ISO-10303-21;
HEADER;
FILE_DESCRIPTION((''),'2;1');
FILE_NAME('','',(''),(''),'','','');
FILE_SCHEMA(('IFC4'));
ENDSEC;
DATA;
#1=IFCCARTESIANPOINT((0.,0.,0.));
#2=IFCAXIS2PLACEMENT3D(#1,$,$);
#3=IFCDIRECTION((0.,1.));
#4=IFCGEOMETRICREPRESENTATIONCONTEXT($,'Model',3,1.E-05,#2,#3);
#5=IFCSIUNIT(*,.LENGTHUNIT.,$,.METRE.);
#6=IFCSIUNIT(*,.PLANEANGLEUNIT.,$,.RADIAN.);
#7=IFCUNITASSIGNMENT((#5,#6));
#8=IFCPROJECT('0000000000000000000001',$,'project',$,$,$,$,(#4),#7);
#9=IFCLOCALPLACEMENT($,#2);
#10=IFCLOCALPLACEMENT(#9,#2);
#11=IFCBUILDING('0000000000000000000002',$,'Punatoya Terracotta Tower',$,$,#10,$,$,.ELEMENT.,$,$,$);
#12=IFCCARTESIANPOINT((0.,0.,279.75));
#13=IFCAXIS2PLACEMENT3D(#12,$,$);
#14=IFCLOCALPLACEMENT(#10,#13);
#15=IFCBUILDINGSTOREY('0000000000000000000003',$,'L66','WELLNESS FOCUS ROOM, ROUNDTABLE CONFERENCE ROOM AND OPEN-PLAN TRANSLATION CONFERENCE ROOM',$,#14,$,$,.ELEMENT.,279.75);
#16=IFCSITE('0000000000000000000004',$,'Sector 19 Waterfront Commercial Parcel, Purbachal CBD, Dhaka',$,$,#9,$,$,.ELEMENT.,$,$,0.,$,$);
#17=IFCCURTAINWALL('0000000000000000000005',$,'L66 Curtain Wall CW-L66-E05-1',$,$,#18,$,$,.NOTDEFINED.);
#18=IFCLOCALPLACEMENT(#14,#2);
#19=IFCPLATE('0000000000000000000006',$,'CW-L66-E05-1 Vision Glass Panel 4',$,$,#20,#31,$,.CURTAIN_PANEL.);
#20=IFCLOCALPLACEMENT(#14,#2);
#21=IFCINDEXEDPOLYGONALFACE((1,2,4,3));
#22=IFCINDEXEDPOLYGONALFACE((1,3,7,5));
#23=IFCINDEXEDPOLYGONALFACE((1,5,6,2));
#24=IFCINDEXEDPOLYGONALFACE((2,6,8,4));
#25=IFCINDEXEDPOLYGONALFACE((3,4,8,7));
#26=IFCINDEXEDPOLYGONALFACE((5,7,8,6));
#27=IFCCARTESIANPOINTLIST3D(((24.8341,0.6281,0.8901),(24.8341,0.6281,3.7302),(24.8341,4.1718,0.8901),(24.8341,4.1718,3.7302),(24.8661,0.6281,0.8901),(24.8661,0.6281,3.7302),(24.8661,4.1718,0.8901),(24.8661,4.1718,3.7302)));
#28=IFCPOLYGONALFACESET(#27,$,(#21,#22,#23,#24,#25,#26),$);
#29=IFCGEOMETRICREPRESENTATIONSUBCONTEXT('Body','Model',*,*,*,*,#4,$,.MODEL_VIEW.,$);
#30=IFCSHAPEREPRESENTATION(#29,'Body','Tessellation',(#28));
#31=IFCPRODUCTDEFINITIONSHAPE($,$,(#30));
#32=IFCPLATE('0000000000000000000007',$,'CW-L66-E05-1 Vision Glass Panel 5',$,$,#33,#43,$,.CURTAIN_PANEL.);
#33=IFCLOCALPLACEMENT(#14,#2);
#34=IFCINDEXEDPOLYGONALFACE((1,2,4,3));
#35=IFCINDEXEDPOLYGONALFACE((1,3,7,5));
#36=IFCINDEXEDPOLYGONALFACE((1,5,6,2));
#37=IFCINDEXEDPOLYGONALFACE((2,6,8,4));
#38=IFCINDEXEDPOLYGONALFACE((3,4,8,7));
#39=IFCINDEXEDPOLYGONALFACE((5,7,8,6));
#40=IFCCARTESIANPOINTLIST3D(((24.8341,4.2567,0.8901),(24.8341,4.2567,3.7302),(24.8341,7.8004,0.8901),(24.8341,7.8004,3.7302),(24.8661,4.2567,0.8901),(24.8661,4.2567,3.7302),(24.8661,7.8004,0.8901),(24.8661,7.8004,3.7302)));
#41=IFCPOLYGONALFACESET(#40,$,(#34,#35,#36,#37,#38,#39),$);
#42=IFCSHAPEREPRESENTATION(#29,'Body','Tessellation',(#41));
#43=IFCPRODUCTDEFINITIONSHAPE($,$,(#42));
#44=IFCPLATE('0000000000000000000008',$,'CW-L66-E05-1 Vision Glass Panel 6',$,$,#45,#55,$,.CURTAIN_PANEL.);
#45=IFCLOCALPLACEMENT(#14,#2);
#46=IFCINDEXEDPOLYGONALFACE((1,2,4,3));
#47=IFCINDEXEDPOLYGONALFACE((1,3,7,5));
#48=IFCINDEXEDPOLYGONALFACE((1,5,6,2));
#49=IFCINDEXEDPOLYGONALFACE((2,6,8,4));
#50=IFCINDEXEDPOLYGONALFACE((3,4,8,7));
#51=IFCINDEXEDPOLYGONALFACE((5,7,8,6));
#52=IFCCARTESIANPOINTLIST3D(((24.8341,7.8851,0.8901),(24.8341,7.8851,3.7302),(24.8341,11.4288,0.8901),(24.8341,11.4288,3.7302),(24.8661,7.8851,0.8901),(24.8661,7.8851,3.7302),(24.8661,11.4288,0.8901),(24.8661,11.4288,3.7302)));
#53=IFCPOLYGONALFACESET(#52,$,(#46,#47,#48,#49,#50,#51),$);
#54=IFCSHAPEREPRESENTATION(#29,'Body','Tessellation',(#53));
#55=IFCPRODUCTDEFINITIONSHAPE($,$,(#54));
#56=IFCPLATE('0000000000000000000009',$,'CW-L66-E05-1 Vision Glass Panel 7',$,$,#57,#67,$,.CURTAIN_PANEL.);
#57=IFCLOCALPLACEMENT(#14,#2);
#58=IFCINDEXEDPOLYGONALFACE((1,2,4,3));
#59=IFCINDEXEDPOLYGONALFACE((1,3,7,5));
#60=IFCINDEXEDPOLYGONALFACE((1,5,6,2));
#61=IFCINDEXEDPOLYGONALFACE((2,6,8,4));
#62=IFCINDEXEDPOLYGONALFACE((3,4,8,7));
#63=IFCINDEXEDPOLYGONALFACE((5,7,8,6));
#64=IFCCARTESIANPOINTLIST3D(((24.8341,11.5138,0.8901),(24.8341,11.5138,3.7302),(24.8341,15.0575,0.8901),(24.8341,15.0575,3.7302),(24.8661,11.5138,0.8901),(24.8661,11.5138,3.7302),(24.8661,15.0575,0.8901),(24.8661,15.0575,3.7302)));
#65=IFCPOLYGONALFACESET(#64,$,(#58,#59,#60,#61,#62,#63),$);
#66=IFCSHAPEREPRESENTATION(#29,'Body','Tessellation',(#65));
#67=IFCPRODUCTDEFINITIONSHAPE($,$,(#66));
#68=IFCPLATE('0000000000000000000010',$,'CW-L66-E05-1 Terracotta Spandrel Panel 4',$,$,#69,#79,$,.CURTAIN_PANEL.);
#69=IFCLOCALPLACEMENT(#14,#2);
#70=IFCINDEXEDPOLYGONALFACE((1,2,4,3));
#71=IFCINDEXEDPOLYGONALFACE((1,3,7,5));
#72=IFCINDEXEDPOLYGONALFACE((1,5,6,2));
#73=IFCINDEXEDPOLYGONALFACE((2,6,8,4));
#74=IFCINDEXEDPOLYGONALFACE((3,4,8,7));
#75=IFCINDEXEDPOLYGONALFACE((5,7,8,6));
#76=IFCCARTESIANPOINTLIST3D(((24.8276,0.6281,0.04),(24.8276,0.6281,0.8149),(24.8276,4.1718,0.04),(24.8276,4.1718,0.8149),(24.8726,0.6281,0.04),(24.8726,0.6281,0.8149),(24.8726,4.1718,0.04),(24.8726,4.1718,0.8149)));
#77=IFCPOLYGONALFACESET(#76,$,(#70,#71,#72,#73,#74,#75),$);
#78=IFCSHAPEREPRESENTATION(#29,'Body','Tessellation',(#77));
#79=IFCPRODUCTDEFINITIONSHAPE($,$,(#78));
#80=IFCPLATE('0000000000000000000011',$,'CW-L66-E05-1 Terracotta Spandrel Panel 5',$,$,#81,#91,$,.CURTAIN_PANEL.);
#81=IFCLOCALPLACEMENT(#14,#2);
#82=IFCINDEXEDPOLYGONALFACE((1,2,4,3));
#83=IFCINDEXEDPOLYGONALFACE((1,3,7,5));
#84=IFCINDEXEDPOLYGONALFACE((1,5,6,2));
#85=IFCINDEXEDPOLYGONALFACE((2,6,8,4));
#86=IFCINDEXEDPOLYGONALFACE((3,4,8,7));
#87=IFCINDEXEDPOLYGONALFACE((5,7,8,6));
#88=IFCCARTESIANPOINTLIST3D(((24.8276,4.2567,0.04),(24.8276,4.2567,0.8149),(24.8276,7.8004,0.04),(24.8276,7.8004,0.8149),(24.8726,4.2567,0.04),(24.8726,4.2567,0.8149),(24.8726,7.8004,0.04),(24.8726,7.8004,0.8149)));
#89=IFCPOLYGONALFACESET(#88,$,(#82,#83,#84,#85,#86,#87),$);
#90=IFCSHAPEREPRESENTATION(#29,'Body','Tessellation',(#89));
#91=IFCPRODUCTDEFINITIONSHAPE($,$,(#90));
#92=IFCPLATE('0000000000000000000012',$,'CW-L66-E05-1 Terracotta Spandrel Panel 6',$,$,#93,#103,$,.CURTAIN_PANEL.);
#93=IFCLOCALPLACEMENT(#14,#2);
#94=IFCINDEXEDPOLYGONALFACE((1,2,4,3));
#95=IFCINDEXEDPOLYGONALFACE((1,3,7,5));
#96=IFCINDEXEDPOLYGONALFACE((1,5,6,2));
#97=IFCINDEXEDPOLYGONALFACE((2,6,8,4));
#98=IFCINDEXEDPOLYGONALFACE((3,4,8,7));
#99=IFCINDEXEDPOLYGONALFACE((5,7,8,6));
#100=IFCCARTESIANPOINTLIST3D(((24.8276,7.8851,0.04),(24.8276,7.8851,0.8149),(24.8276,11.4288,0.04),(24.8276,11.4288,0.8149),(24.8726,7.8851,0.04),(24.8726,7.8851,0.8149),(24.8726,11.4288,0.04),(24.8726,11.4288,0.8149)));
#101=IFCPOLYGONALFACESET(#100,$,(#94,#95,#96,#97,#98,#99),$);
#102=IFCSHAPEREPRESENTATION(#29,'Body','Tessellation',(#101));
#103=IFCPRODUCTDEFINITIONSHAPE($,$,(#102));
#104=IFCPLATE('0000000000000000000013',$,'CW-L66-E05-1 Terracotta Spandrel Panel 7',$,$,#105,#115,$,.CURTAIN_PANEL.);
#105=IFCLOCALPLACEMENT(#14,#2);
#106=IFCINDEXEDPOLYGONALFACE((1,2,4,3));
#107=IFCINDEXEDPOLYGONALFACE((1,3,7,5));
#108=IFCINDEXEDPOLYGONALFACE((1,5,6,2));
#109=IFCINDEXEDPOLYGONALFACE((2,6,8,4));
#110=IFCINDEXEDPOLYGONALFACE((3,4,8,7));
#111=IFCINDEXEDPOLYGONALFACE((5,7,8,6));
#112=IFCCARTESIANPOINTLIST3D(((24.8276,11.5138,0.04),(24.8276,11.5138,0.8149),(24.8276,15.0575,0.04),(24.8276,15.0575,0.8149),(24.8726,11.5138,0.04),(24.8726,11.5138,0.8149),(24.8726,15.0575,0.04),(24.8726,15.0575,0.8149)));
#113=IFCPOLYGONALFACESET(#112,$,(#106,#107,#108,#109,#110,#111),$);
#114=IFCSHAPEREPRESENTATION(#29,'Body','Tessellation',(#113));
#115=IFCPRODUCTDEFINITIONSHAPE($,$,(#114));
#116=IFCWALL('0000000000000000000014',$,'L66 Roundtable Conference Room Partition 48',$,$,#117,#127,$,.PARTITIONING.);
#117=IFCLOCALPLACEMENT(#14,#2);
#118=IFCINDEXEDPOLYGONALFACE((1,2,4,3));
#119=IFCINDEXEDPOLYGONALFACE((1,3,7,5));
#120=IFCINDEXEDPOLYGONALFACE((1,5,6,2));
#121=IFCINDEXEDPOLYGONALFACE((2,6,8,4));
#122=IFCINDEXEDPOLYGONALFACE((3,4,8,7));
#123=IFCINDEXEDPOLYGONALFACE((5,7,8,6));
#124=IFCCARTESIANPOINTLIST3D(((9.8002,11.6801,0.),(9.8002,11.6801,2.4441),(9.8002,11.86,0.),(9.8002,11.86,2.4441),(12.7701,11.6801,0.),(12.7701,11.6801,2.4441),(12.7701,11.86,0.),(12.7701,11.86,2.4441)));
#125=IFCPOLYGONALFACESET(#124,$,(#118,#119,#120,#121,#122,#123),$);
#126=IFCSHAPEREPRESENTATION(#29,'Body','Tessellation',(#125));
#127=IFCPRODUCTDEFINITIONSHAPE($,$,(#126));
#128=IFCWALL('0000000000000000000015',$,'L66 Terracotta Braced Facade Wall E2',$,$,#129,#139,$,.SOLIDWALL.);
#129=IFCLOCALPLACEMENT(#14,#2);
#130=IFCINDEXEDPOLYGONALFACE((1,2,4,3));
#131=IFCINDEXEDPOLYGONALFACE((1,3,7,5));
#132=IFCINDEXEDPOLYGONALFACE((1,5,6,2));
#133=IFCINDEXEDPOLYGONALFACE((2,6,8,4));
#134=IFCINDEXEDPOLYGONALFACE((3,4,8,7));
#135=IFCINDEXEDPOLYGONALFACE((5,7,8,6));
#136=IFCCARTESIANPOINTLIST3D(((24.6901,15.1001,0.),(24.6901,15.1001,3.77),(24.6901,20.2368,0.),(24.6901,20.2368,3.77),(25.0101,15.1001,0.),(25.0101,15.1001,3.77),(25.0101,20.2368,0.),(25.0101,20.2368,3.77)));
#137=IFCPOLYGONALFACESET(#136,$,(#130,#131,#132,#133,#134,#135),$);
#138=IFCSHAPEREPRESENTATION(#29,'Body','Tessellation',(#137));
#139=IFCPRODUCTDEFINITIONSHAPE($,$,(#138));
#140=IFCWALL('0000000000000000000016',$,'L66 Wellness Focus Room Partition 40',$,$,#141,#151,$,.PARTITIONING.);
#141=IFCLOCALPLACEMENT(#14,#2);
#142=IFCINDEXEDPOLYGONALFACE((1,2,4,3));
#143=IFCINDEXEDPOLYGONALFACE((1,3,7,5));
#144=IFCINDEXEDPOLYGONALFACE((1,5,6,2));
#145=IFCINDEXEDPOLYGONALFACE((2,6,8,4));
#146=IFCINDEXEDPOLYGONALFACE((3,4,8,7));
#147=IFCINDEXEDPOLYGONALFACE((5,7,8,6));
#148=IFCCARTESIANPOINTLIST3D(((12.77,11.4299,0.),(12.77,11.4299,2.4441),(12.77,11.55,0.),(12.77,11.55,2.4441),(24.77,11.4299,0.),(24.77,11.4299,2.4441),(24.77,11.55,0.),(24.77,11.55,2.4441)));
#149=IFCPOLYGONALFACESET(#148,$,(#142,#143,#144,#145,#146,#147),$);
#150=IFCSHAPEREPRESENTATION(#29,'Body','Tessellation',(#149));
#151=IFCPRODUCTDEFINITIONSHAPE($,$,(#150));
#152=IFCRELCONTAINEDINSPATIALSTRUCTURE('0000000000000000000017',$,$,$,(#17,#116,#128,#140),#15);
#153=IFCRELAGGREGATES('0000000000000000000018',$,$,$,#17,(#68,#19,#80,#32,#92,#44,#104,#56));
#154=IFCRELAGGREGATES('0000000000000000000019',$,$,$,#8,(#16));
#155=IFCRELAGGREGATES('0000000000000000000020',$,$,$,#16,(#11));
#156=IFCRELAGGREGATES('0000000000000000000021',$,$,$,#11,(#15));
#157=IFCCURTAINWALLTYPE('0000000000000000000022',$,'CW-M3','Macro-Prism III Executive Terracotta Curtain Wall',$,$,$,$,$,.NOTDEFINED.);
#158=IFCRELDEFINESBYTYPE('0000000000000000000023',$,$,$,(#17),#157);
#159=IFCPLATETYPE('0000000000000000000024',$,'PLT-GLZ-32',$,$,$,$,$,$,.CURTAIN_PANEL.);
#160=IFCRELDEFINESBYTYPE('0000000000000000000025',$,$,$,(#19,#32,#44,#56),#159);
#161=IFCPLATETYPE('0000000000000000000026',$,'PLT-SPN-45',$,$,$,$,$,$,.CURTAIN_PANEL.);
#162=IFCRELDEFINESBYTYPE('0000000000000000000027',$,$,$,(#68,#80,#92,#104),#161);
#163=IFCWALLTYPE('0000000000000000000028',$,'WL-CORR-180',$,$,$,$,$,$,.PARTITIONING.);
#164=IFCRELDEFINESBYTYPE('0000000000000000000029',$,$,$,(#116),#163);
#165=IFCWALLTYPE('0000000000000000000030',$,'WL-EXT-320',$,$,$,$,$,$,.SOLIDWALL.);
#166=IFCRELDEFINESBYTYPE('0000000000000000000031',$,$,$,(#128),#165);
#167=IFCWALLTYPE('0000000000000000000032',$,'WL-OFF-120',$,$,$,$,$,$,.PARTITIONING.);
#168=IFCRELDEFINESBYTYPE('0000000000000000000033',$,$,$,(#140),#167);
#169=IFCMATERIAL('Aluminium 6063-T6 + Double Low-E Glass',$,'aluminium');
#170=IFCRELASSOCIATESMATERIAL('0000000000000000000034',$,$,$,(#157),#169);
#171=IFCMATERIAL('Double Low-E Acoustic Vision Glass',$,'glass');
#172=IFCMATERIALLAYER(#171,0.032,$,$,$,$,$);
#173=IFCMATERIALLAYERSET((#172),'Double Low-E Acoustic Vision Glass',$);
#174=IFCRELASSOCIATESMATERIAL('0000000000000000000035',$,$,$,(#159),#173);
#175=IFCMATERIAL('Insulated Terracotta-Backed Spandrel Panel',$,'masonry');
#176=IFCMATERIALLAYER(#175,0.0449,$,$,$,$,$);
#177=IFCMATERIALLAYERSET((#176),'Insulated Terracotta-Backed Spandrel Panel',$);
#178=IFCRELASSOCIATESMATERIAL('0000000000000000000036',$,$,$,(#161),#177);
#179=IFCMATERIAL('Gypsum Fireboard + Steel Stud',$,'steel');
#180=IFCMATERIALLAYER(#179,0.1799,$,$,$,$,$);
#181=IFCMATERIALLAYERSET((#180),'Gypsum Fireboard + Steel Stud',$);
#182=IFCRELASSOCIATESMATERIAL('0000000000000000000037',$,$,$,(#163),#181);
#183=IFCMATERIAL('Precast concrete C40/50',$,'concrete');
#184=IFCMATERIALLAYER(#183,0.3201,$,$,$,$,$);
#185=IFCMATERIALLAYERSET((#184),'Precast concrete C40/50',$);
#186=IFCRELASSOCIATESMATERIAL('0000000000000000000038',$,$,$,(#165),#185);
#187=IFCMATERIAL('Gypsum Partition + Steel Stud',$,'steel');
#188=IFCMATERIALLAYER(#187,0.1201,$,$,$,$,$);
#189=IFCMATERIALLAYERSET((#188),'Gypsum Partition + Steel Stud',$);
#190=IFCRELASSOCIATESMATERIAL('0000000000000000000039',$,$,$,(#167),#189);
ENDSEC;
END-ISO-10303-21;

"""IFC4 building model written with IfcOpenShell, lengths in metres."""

from ifc_helpers import new_model, si_unit, direction, frame, frame_2d, origin, origin_2d, place, context, subcontext, project, spatial, rectangle, extrude, material, layer, layer_set, type_object, element, aggregate, save


model = new_model("IFC4")

# Units and contexts
model_context = context("Model", 3, precision=1e-05, world=origin(), true_north=direction((0.0, 1.0)))
body_context = subcontext(model_context, "Body", "Model", "MODEL_VIEW")
ifc_project = project(units=[si_unit("LENGTHUNIT", "METRE"), si_unit("PLANEANGLEUNIT", "RADIAN")], contexts=[model_context])

# Site, building, storey
site_placement = place(None, origin())
site = spatial("IfcSite", under=ifc_project, at=site_placement, Name="Sector 19 Waterfront Commercial Parcel, Purbachal CBD, Dhaka", CompositionType="ELEMENT", RefElevation=0.0)
building_placement = place(site_placement, origin())
building = spatial("IfcBuilding", under=site, at=building_placement, Name="Punatoya Terracotta Tower", CompositionType="ELEMENT")
storey_placement = place(building_placement, frame((0.0, 0.0, 279.75)))
storey = spatial("IfcBuildingStorey", under=building, at=storey_placement, Name="L66", Description="WELLNESS FOCUS ROOM, ROUNDTABLE CONFERENCE ROOM AND OPEN-PLAN TRANSLATION CONFERENCE ROOM", CompositionType="ELEMENT", Elevation=279.75)

# Curtain wall, plates
ifc_material_1 = material(Name="Aluminium 6063-T6 + Double Low-E Glass", Category="aluminium")
curtain_wall_type = type_object("IfcCurtainWallType", Name="CW-M3", Description="Macro-Prism III Executive Terracotta Curtain Wall", PredefinedType="NOTDEFINED", material=ifc_material_1)
curtain_wall_placement = place(storey_placement, origin())
curtain_wall = element("IfcCurtainWall", 1, at=curtain_wall_placement, inside=storey, type_object=curtain_wall_type, Name="L66 Curtain Wall CW-L66-E05-1", PredefinedType="NOTDEFINED")
ifc_material_2 = material(Name="Double Low-E Acoustic Vision Glass", Category="glass")
ifc_layer_1 = layer(ifc_material_2, 0.032)
ifc_layer_set_1 = layer_set([ifc_layer_1], Name="Double Low-E Acoustic Vision Glass")
plate_type_1 = type_object("IfcPlateType", Name="PLT-GLZ-32", PredefinedType="CURTAIN_PANEL", material=ifc_layer_set_1)
plate_1_placement = place(storey_placement, frame((24.8501, 2.3999, 0.8901), z_axis=(0.0, 0.0, 1.0), x_axis=(0.0, 1.0, 0.0)))
plate_1 = element("IfcPlate", 2, at=plate_1_placement, type_object=plate_type_1, Name="CW-L66-E05-1 Vision Glass Panel 4", PredefinedType="CURTAIN_PANEL", context=body_context, shape_type="SweptSolid", body=[
    extrude(rectangle(XDim=3.5437, YDim=0.032, at=origin_2d()), origin(), (0.0, 0.0, 1.0), 2.8401),
])
plate_2_placement = place(storey_placement, frame((24.8501, 6.0286, 0.8901), z_axis=(0.0, 0.0, 1.0), x_axis=(0.0, 1.0, 0.0)))
plate_2 = element("IfcPlate", 3, at=plate_2_placement, type_object=plate_type_1, Name="CW-L66-E05-1 Vision Glass Panel 5", PredefinedType="CURTAIN_PANEL", context=body_context, shape_type="SweptSolid", body=[
    extrude(rectangle(XDim=3.5437, YDim=0.032, at=origin_2d()), origin(), (0.0, 0.0, 1.0), 2.8401),
])
plate_3_placement = place(storey_placement, frame((24.8501, 9.657, 0.8901), z_axis=(0.0, 0.0, 1.0), x_axis=(0.0, 1.0, 0.0)))
plate_3 = element("IfcPlate", 4, at=plate_3_placement, type_object=plate_type_1, Name="CW-L66-E05-1 Vision Glass Panel 6", PredefinedType="CURTAIN_PANEL", context=body_context, shape_type="SweptSolid", body=[
    extrude(rectangle(XDim=3.5437, YDim=0.032, at=origin_2d()), origin(), (0.0, 0.0, 1.0), 2.8401),
])
plate_4_placement = place(storey_placement, frame((24.8501, 13.2856, 0.8901), z_axis=(0.0, 0.0, 1.0), x_axis=(0.0, 1.0, 0.0)))
plate_4 = element("IfcPlate", 5, at=plate_4_placement, type_object=plate_type_1, Name="CW-L66-E05-1 Vision Glass Panel 7", PredefinedType="CURTAIN_PANEL", context=body_context, shape_type="SweptSolid", body=[
    extrude(rectangle(XDim=3.5437, YDim=0.032, at=origin_2d()), origin(), (0.0, 0.0, 1.0), 2.8401),
])
ifc_material_3 = material(Name="Insulated Terracotta-Backed Spandrel Panel", Category="masonry")
ifc_layer_2 = layer(ifc_material_3, 0.0449)
ifc_layer_set_2 = layer_set([ifc_layer_2], Name="Insulated Terracotta-Backed Spandrel Panel")
plate_type_2 = type_object("IfcPlateType", Name="PLT-SPN-45", PredefinedType="CURTAIN_PANEL", material=ifc_layer_set_2)
plate_5_placement = place(storey_placement, frame((24.8501, 2.3999, 0.04), z_axis=(0.0, 0.0, 1.0), x_axis=(0.0, 1.0, 0.0)))
plate_5 = element("IfcPlate", 6, at=plate_5_placement, type_object=plate_type_2, Name="CW-L66-E05-1 Terracotta Spandrel Panel 4", PredefinedType="CURTAIN_PANEL", context=body_context, shape_type="SweptSolid", body=[
    extrude(rectangle(XDim=3.5437, YDim=0.0449, at=origin_2d()), origin(), (0.0, 0.0, 1.0), 0.7749),
])
plate_6_placement = place(storey_placement, frame((24.8501, 6.0286, 0.04), z_axis=(0.0, 0.0, 1.0), x_axis=(0.0, 1.0, 0.0)))
plate_6 = element("IfcPlate", 7, at=plate_6_placement, type_object=plate_type_2, Name="CW-L66-E05-1 Terracotta Spandrel Panel 5", PredefinedType="CURTAIN_PANEL", context=body_context, shape_type="SweptSolid", body=[
    extrude(rectangle(XDim=3.5437, YDim=0.0449, at=origin_2d()), origin(), (0.0, 0.0, 1.0), 0.7749),
])
plate_7_placement = place(storey_placement, frame((24.8501, 9.657, 0.04), z_axis=(0.0, 0.0, 1.0), x_axis=(0.0, 1.0, 0.0)))
plate_7 = element("IfcPlate", 8, at=plate_7_placement, type_object=plate_type_2, Name="CW-L66-E05-1 Terracotta Spandrel Panel 6", PredefinedType="CURTAIN_PANEL", context=body_context, shape_type="SweptSolid", body=[
    extrude(rectangle(XDim=3.5437, YDim=0.0449, at=origin_2d()), origin(), (0.0, 0.0, 1.0), 0.7749),
])
plate_8_placement = place(storey_placement, frame((24.8501, 13.2856, 0.04), z_axis=(0.0, 0.0, 1.0), x_axis=(0.0, 1.0, 0.0)))
plate_8 = element("IfcPlate", 9, at=plate_8_placement, type_object=plate_type_2, Name="CW-L66-E05-1 Terracotta Spandrel Panel 7", PredefinedType="CURTAIN_PANEL", context=body_context, shape_type="SweptSolid", body=[
    extrude(rectangle(XDim=3.5437, YDim=0.0449, at=origin_2d()), origin(), (0.0, 0.0, 1.0), 0.7749),
])
aggregate(curtain_wall, [plate_5, plate_1, plate_6, plate_2, plate_7, plate_3, plate_8, plate_4])

# Walls
ifc_material_4 = material(Name="Gypsum Fireboard + Steel Stud", Category="steel")
ifc_layer_3 = layer(ifc_material_4, 0.1799)
ifc_layer_set_3 = layer_set([ifc_layer_3], Name="Gypsum Fireboard + Steel Stud")
wall_type_1 = type_object("IfcWallType", Name="WL-CORR-180", PredefinedType="PARTITIONING", material=ifc_layer_set_3)
wall_1_placement = place(storey_placement, frame((12.77, 11.77, 0.0), z_axis=(0.0, 0.0, 1.0), x_axis=(-1.0, 0.0, 0.0)))
element("IfcWall", 10, at=wall_1_placement, inside=storey, type_object=wall_type_1, Name="L66 Roundtable Conference Room Partition 48", PredefinedType="PARTITIONING", context=body_context, shape_type="SweptSolid", body=[
    extrude(rectangle(XDim=2.97, YDim=0.1799, at=frame_2d((1.4849, 0.0))), origin(), (0.0, 0.0, 1.0), 2.4441),
])
ifc_material_5 = material(Name="Precast concrete C40/50", Category="concrete")
ifc_layer_4 = layer(ifc_material_5, 0.3201)
ifc_layer_set_4 = layer_set([ifc_layer_4], Name="Precast concrete C40/50")
wall_type_2 = type_object("IfcWallType", Name="WL-EXT-320", PredefinedType="SOLIDWALL", material=ifc_layer_set_4)
wall_2_placement = place(storey_placement, frame((24.8501, 15.1001, 0.0), z_axis=(0.0, 0.0, 1.0), x_axis=(0.0, 1.0, 0.0)))
element("IfcWall", 11, at=wall_2_placement, inside=storey, type_object=wall_type_2, Name="L66 Terracotta Braced Facade Wall E2", PredefinedType="SOLIDWALL", context=body_context, shape_type="SweptSolid", body=[
    extrude(rectangle(XDim=5.1367, YDim=0.3201, at=frame_2d((2.5684, 0.0))), origin(), (0.0, 0.0, 1.0), 3.77),
])
ifc_material_6 = material(Name="Gypsum Partition + Steel Stud", Category="steel")
ifc_layer_5 = layer(ifc_material_6, 0.1201)
ifc_layer_set_5 = layer_set([ifc_layer_5], Name="Gypsum Partition + Steel Stud")
wall_type_3 = type_object("IfcWallType", Name="WL-OFF-120", PredefinedType="PARTITIONING", material=ifc_layer_set_5)
wall_3_placement = place(storey_placement, frame((12.77, 11.49, 0.0), z_axis=(0.0, 0.0, 1.0), x_axis=(1.0, 0.0, 0.0)))
element("IfcWall", 12, at=wall_3_placement, inside=storey, type_object=wall_type_3, Name="L66 Wellness Focus Room Partition 40", PredefinedType="PARTITIONING", context=body_context, shape_type="SweptSolid", body=[
    extrude(rectangle(XDim=12.0, YDim=0.1201, at=frame_2d((6.0, 0.0))), origin(), (0.0, 0.0, 1.0), 2.4441),
])

save(model, "model.ifc")
